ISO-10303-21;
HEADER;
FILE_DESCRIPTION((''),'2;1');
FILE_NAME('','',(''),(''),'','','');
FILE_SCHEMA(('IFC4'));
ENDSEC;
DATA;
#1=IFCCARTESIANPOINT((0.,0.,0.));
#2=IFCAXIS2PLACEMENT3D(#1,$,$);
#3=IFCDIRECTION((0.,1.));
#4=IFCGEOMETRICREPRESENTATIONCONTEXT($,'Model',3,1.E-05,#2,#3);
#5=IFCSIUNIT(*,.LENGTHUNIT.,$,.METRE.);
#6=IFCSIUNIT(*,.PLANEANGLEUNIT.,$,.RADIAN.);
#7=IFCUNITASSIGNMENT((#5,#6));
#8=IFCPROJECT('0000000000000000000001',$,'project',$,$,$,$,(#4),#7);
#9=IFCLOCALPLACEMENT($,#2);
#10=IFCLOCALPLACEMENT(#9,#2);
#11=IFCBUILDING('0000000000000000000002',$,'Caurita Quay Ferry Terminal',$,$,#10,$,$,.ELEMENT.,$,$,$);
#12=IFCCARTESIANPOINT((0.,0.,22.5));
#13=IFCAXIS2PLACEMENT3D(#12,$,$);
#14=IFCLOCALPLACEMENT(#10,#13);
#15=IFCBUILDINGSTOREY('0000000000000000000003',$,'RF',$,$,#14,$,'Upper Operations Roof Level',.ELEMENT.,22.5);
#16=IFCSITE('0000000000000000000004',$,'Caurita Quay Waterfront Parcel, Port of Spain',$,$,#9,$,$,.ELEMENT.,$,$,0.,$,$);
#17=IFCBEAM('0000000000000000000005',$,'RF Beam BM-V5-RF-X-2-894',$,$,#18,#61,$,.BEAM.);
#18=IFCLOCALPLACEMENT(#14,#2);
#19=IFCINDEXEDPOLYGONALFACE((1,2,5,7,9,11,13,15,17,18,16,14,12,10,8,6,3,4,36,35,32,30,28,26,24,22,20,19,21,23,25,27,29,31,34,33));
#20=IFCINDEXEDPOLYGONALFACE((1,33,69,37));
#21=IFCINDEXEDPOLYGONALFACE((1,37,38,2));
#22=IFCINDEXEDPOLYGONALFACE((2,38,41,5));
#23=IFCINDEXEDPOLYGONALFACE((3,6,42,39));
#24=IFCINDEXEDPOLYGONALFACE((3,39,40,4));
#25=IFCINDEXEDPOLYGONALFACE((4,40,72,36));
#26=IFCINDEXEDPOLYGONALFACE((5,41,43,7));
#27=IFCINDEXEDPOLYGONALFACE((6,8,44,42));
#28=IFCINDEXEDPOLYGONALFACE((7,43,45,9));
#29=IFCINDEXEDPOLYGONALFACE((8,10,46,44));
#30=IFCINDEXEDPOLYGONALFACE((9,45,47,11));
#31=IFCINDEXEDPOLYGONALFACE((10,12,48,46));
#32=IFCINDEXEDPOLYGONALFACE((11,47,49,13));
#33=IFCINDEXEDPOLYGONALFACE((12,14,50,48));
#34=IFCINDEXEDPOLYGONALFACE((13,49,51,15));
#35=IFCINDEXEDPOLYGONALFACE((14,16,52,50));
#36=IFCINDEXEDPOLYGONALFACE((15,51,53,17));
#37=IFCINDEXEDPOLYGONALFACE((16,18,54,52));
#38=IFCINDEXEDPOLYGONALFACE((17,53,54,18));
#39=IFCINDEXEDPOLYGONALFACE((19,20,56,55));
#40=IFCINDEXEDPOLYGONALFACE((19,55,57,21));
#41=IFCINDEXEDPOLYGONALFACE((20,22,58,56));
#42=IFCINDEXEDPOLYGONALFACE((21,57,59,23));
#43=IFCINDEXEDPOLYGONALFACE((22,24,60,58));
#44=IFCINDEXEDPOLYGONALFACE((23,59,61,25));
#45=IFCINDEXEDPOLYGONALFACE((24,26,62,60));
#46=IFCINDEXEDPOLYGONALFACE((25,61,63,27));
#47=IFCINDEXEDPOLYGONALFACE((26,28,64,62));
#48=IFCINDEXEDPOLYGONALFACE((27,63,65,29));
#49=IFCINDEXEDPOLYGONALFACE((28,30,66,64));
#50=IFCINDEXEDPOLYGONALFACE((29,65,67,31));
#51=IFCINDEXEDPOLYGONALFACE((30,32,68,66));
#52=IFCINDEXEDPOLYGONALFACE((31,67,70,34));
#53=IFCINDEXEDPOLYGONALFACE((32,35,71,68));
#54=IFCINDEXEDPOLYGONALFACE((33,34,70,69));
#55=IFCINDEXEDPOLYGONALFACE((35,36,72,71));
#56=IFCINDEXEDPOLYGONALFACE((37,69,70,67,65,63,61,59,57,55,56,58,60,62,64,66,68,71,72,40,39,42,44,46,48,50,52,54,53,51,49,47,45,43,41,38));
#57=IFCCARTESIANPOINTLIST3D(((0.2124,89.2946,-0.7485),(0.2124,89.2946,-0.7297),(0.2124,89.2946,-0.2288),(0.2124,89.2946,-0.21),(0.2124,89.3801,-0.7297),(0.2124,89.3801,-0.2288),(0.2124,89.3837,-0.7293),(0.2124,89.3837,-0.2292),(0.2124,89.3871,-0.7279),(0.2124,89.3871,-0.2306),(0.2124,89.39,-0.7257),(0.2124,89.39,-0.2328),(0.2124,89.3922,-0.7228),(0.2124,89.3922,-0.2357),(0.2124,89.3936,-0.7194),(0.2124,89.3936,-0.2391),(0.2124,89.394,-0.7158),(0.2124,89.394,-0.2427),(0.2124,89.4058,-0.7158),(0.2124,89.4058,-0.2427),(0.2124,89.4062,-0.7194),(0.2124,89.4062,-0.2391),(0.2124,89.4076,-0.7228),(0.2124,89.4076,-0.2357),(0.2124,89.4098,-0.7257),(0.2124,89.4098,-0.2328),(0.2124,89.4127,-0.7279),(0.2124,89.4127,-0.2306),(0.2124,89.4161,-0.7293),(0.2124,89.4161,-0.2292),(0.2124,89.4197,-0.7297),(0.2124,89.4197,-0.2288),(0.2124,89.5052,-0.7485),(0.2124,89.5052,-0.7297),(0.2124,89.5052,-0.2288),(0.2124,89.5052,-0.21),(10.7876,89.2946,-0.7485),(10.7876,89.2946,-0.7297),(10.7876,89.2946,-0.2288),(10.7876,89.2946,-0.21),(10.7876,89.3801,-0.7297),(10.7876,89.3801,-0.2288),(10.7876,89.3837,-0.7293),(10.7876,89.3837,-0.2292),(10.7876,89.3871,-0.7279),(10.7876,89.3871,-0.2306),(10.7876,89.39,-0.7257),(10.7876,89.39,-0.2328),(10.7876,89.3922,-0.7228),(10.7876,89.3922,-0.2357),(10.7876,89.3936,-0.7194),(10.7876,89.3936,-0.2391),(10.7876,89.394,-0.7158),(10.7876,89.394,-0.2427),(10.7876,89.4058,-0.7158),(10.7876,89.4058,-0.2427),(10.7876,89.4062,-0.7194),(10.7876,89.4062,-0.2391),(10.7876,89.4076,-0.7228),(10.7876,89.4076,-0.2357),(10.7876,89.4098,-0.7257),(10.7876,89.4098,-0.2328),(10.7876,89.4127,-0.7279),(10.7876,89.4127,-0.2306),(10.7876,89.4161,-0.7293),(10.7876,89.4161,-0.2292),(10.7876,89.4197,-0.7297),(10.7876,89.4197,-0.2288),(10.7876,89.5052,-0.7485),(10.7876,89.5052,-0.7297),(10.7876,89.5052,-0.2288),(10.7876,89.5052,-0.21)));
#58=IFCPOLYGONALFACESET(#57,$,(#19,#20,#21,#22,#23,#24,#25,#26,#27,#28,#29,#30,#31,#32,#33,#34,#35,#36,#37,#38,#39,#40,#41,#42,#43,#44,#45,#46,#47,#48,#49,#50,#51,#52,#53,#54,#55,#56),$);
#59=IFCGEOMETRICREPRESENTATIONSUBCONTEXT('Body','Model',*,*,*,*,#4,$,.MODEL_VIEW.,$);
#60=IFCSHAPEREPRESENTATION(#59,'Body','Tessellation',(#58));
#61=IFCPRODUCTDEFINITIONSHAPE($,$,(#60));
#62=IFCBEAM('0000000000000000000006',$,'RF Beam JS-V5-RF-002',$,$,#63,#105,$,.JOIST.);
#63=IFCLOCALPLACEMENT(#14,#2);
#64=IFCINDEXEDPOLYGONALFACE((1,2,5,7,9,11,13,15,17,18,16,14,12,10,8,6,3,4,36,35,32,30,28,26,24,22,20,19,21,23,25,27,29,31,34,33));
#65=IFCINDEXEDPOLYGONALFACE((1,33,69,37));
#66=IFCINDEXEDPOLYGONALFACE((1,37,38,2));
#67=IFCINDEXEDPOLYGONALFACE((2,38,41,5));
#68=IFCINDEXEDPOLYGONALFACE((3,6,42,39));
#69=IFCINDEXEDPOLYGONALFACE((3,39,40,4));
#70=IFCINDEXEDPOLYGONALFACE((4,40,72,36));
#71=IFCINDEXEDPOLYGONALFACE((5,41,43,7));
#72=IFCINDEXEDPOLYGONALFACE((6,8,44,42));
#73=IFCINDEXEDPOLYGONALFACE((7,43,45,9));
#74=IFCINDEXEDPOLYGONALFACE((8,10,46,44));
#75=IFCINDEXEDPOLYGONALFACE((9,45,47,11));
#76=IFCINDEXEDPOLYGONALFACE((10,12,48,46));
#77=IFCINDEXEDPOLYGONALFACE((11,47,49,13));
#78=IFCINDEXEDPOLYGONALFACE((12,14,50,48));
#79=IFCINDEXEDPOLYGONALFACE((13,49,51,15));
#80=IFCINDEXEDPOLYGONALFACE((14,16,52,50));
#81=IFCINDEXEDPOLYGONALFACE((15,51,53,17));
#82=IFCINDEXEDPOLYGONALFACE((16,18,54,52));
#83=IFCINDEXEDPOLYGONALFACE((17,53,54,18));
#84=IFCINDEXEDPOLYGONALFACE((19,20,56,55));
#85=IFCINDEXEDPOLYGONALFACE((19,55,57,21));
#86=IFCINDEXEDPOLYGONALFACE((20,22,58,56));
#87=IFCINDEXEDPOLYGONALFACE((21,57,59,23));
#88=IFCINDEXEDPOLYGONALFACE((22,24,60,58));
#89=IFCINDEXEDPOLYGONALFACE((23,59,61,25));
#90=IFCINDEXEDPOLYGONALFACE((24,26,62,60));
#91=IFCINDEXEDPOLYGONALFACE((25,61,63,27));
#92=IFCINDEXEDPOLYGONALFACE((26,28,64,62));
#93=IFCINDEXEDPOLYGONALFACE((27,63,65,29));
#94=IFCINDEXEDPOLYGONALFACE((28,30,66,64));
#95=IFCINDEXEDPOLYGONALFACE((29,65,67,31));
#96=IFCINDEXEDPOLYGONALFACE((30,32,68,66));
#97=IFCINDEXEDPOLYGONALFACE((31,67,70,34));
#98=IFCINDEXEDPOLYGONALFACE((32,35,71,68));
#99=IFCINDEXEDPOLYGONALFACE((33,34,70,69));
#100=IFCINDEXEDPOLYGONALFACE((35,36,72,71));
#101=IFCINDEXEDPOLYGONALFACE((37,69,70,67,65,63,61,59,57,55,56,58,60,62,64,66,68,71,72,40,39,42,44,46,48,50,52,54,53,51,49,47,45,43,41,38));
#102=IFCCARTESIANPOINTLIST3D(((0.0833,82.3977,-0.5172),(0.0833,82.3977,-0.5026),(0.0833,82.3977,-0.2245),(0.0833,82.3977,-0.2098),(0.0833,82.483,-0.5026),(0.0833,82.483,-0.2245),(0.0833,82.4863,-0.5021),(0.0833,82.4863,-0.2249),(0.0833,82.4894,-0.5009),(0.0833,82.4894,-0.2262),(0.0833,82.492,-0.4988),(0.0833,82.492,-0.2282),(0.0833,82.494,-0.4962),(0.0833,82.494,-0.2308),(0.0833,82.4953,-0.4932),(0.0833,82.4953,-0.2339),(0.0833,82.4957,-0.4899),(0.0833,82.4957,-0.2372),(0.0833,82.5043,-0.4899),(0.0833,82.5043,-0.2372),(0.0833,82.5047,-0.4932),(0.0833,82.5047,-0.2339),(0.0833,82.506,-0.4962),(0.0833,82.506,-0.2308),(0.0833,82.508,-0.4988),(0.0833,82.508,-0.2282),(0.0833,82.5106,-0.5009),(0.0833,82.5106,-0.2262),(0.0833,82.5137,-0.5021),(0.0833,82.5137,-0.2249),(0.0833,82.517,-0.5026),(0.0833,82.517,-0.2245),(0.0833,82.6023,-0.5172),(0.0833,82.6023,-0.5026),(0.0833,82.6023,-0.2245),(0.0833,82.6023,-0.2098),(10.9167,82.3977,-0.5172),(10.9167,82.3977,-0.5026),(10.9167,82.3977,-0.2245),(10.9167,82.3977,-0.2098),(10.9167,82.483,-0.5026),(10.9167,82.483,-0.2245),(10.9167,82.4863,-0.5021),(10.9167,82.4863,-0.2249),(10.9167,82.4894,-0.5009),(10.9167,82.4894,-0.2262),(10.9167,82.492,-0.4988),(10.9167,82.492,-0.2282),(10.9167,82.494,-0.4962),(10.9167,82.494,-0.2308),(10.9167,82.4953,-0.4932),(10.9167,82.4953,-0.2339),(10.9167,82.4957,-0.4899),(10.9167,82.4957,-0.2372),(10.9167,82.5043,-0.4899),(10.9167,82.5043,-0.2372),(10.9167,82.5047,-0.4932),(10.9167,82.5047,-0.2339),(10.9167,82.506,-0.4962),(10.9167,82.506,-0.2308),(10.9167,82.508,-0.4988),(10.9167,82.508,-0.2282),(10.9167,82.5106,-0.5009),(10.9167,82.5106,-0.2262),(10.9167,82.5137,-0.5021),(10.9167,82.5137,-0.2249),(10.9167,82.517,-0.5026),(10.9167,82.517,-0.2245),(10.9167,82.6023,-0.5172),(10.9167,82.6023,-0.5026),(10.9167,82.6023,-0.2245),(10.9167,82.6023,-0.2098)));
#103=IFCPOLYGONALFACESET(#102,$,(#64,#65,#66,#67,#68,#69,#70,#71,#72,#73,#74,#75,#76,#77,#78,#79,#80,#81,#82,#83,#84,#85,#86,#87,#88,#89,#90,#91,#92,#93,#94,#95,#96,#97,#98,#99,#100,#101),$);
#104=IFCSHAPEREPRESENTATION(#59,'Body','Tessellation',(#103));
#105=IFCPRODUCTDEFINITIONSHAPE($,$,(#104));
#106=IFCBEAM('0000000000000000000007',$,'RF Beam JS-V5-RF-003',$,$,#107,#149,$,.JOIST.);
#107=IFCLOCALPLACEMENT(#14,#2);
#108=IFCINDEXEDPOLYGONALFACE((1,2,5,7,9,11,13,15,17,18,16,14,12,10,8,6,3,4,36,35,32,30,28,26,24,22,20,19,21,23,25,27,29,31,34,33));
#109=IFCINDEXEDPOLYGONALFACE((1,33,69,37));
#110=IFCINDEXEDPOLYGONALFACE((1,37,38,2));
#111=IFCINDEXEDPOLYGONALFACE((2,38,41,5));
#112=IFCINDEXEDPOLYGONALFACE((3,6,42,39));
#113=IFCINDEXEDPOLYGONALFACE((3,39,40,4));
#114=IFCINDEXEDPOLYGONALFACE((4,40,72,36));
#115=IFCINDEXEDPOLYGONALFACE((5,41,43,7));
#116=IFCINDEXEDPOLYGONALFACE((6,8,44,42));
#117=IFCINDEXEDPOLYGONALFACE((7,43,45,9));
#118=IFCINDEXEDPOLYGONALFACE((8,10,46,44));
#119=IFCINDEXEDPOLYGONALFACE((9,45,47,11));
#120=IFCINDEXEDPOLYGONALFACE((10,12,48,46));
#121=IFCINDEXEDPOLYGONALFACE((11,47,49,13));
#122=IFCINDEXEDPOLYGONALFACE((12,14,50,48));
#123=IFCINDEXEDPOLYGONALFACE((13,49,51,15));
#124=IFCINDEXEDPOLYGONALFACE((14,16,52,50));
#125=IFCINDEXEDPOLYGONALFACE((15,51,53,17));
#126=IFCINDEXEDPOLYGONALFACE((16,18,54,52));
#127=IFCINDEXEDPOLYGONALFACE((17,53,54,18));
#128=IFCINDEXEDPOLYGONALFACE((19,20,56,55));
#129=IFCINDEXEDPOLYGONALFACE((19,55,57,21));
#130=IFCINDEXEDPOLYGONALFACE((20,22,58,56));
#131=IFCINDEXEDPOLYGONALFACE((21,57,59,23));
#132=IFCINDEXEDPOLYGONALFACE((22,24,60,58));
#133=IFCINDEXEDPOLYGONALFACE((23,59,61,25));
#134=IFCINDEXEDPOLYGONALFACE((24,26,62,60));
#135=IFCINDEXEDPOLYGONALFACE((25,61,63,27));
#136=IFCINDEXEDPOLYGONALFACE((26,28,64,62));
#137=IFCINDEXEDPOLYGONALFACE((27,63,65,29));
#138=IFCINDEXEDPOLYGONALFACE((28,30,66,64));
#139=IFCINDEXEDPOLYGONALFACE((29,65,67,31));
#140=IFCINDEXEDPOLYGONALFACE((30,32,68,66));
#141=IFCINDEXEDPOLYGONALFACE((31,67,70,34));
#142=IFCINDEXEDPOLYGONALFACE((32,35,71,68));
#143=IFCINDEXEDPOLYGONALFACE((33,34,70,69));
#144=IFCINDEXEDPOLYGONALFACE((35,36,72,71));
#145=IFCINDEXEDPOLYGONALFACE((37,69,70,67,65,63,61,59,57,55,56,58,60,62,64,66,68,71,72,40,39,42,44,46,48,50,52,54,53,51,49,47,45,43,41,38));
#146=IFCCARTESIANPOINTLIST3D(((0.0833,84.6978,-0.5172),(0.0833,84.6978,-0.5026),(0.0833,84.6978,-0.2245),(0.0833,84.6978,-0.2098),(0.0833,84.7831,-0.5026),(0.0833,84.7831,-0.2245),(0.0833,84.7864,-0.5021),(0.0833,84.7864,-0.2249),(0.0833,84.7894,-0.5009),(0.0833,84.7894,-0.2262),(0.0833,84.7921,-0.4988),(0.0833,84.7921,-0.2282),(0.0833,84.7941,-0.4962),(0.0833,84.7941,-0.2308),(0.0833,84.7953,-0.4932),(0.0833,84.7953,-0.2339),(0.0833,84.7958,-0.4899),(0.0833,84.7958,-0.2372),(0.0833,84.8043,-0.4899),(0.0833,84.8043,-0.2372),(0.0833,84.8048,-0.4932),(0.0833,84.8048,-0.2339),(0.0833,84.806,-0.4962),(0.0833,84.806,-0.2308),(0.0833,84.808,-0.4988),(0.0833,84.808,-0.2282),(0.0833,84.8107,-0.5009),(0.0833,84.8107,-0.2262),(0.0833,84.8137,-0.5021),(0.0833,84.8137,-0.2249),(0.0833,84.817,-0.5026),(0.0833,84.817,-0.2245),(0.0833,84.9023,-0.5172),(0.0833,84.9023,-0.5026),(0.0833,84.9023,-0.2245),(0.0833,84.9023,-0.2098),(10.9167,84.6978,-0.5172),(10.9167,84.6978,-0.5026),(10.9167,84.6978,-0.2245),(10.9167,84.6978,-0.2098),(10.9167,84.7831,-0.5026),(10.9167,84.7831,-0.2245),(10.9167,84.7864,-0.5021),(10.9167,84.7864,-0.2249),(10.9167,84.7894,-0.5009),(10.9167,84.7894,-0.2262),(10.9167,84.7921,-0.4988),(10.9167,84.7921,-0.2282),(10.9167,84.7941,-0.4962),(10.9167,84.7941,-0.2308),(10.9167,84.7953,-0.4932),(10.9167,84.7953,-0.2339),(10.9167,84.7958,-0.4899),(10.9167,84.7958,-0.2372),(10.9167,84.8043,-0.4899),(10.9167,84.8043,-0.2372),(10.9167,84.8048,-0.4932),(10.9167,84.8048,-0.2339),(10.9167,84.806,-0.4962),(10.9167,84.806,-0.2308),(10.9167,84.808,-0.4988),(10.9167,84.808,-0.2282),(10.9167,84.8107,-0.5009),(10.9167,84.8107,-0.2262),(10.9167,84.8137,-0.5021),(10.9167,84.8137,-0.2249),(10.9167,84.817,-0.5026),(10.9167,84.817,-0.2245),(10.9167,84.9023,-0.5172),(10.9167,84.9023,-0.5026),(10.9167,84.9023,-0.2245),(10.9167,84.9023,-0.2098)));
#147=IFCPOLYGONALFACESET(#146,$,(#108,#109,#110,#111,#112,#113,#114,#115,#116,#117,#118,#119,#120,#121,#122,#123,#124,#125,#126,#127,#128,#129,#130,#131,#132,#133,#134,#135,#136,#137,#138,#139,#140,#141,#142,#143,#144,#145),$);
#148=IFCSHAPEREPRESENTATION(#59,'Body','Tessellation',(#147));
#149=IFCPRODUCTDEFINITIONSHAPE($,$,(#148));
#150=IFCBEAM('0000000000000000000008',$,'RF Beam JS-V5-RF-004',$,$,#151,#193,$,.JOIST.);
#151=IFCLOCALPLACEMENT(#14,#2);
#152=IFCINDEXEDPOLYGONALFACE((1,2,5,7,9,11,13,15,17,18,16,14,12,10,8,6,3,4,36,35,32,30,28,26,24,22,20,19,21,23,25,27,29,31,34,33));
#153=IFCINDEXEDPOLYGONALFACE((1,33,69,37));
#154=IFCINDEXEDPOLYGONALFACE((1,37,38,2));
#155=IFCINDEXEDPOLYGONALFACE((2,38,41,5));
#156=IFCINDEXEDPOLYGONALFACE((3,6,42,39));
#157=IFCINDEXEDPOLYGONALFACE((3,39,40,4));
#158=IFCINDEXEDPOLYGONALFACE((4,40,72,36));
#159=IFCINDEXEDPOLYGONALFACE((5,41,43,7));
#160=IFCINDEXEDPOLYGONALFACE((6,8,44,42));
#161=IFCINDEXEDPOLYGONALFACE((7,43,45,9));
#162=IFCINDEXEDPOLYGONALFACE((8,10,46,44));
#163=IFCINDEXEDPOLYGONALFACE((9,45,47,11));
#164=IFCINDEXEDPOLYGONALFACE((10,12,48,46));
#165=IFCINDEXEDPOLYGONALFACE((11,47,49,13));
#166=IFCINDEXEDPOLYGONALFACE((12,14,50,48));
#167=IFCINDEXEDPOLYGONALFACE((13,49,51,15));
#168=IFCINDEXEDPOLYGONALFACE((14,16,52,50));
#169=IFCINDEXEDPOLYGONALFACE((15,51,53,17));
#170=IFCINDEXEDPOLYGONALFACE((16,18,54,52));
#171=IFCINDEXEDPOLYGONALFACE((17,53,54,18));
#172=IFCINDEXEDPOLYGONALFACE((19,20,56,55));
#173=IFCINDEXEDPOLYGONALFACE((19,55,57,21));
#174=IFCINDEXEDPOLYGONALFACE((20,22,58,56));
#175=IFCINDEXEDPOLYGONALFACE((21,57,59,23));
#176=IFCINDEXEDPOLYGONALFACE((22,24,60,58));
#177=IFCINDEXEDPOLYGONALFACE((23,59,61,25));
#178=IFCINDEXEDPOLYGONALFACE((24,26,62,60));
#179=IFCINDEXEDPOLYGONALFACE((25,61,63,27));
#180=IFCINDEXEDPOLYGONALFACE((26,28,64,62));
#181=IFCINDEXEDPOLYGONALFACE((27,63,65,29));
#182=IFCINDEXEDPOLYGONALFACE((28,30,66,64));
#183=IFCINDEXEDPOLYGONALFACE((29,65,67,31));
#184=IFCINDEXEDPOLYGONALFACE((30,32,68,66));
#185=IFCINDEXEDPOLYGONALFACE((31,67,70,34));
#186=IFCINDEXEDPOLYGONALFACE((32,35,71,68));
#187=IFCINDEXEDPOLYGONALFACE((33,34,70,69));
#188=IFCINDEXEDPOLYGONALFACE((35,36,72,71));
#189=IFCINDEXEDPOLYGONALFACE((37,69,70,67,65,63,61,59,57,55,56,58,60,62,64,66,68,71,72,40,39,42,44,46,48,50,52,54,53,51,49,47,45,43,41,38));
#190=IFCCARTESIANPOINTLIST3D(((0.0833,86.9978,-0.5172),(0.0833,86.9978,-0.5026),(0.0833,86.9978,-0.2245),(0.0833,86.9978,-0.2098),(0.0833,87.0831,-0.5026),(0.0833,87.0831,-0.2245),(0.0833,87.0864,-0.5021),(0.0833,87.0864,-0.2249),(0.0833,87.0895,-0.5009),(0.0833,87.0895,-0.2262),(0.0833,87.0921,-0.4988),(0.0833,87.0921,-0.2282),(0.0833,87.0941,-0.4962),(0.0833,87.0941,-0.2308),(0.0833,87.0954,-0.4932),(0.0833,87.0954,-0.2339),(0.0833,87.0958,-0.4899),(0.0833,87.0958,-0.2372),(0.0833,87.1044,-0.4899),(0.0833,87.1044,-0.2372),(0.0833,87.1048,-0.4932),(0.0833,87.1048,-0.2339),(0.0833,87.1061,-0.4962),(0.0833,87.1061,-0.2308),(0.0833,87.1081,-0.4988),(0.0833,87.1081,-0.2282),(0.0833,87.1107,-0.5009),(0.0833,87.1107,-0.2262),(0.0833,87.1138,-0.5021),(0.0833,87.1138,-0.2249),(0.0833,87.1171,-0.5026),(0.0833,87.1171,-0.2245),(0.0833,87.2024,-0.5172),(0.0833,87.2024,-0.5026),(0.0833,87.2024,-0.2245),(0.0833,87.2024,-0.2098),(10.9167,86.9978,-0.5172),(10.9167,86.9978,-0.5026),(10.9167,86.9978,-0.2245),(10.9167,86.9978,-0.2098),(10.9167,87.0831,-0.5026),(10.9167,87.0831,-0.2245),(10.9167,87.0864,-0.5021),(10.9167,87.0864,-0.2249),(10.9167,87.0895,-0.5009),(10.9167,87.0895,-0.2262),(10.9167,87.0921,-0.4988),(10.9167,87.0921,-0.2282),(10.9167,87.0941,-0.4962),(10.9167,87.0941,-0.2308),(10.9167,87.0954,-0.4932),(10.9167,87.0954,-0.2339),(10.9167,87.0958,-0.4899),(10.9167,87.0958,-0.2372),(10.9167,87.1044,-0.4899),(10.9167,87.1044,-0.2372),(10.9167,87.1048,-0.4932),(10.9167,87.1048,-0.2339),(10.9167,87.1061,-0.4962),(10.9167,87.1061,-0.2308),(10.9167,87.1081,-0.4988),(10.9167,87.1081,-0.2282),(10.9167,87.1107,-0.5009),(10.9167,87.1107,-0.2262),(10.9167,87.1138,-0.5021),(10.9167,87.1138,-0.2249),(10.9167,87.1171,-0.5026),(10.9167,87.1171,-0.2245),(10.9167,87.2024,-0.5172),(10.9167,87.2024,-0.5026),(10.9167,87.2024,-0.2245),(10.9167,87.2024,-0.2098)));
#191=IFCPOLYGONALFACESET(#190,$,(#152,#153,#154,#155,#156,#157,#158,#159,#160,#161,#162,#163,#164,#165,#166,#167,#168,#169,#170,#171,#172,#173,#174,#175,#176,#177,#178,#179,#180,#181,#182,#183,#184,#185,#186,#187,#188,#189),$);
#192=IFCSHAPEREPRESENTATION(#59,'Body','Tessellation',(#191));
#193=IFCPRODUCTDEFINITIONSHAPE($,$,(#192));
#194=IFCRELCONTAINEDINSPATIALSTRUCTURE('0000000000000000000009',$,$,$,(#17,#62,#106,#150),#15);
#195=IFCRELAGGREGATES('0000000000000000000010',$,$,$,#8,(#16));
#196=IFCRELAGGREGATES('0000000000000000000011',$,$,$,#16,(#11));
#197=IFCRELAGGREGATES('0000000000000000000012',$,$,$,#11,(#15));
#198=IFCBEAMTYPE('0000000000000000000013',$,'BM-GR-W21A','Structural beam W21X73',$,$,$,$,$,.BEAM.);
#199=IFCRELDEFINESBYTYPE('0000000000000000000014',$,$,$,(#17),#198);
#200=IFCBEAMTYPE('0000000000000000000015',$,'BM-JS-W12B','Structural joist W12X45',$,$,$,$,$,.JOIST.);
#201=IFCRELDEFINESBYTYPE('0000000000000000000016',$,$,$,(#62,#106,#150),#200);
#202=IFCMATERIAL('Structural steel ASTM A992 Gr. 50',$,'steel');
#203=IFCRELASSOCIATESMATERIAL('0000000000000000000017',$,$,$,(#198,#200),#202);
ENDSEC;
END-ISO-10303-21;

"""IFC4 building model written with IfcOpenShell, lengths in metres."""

from ifc_helpers import new_model, si_unit, direction, frame, origin, origin_2d, place, context, subcontext, project, spatial, i_section, extrude, material, material_profile, profile_set, type_object, element, save


model = new_model("IFC4")

# Units and contexts
model_context = context("Model", 3, precision=1e-05, world=origin(), true_north=direction((0.0, 1.0)))
body_context = subcontext(model_context, "Body", "Model", "MODEL_VIEW")
ifc_project = project(units=[si_unit("LENGTHUNIT", "METRE"), si_unit("PLANEANGLEUNIT", "RADIAN")], contexts=[model_context])

# Site, building, storey
site_placement = place(None, origin())
site = spatial("IfcSite", under=ifc_project, at=site_placement, Name="Caurita Quay Waterfront Parcel, Port of Spain", CompositionType="ELEMENT", RefElevation=0.0)
building_placement = place(site_placement, origin())
building = spatial("IfcBuilding", under=site, at=building_placement, Name="Caurita Quay Ferry Terminal", CompositionType="ELEMENT")
storey_placement = place(building_placement, frame((0.0, 0.0, 22.5)))
storey = spatial("IfcBuildingStorey", under=building, at=storey_placement, Name="RF", LongName="Upper Operations Roof Level", CompositionType="ELEMENT", Elevation=22.5)

# Beams
ifc_material_1 = material(Name="Structural steel ASTM A992 Gr. 50", Category="steel")
ifc_material_profile_1 = material_profile(ifc_material_1, i_section(OverallWidth=0.2107, OverallDepth=0.5386, WebThickness=0.0117, FlangeThickness=0.0188, FilletRadius=0.0139, at=origin_2d()), Name="W21X73")
ifc_profile_set_1 = profile_set([ifc_material_profile_1], Name="Structural steel ASTM A992 Gr. 50")
beam_type_1 = type_object("IfcBeamType", Name="BM-GR-W21A", Description="Structural beam W21X73", PredefinedType="BEAM", material=ifc_profile_set_1)
beam_placement = place(storey_placement, frame((0.2124, 89.3999, -0.4792), z_axis=(1.0, 0.0, 0.0), x_axis=(0.0, 1.0, 0.0)))
element("IfcBeam", 1, at=beam_placement, inside=storey, type_object=beam_type_1, Name="RF Beam BM-V5-RF-X-2-894", PredefinedType="BEAM", context=body_context, shape_type="SweptSolid", body=[
    extrude(i_section(OverallWidth=0.2107, OverallDepth=0.5386, WebThickness=0.0117, FlangeThickness=0.0188, FilletRadius=0.0139, at=origin_2d()), origin(), (0.0, 0.0, 1.0), 10.5752),
])
ifc_material_profile_2 = material_profile(ifc_material_1, i_section(OverallWidth=0.2046, OverallDepth=0.3074, WebThickness=0.0085, FlangeThickness=0.0146, FilletRadius=0.0127, at=origin_2d()), Name="W12X45")
ifc_profile_set_2 = profile_set([ifc_material_profile_2], Name="Structural steel ASTM A992 Gr. 50")
beam_type_2 = type_object("IfcBeamType", Name="BM-JS-W12B", Description="Structural joist W12X45", PredefinedType="JOIST", material=ifc_profile_set_2)
for number, where, z_axis, x_axis, name in (
    (2, (0.0833, 82.5, -0.3635), (1.0, 0.0, 0.0), (0.0, 1.0, 0.0), "RF Beam JS-V5-RF-002"),
    (3, (0.0833, 84.8, -0.3635), (1.0, 0.0, 0.0), (0.0, 1.0, 0.0), "RF Beam JS-V5-RF-003"),
    (4, (0.0833, 87.1001, -0.3635), (1.0, 0.0, 0.0), (0.0, 1.0, 0.0), "RF Beam JS-V5-RF-004"),
):
    element("IfcBeam", number, at=place(storey_placement, frame(where, z_axis=z_axis, x_axis=x_axis)), inside=storey, type_object=beam_type_2, Name=name, PredefinedType="JOIST", context=body_context, shape_type="SweptSolid", body=[
        extrude(i_section(OverallWidth=0.2046, OverallDepth=0.3074, WebThickness=0.0085, FlangeThickness=0.0146, FilletRadius=0.0127, at=origin_2d()), origin(), (0.0, 0.0, 1.0), 10.8335),
    ])

save(model, "model.ifc")
